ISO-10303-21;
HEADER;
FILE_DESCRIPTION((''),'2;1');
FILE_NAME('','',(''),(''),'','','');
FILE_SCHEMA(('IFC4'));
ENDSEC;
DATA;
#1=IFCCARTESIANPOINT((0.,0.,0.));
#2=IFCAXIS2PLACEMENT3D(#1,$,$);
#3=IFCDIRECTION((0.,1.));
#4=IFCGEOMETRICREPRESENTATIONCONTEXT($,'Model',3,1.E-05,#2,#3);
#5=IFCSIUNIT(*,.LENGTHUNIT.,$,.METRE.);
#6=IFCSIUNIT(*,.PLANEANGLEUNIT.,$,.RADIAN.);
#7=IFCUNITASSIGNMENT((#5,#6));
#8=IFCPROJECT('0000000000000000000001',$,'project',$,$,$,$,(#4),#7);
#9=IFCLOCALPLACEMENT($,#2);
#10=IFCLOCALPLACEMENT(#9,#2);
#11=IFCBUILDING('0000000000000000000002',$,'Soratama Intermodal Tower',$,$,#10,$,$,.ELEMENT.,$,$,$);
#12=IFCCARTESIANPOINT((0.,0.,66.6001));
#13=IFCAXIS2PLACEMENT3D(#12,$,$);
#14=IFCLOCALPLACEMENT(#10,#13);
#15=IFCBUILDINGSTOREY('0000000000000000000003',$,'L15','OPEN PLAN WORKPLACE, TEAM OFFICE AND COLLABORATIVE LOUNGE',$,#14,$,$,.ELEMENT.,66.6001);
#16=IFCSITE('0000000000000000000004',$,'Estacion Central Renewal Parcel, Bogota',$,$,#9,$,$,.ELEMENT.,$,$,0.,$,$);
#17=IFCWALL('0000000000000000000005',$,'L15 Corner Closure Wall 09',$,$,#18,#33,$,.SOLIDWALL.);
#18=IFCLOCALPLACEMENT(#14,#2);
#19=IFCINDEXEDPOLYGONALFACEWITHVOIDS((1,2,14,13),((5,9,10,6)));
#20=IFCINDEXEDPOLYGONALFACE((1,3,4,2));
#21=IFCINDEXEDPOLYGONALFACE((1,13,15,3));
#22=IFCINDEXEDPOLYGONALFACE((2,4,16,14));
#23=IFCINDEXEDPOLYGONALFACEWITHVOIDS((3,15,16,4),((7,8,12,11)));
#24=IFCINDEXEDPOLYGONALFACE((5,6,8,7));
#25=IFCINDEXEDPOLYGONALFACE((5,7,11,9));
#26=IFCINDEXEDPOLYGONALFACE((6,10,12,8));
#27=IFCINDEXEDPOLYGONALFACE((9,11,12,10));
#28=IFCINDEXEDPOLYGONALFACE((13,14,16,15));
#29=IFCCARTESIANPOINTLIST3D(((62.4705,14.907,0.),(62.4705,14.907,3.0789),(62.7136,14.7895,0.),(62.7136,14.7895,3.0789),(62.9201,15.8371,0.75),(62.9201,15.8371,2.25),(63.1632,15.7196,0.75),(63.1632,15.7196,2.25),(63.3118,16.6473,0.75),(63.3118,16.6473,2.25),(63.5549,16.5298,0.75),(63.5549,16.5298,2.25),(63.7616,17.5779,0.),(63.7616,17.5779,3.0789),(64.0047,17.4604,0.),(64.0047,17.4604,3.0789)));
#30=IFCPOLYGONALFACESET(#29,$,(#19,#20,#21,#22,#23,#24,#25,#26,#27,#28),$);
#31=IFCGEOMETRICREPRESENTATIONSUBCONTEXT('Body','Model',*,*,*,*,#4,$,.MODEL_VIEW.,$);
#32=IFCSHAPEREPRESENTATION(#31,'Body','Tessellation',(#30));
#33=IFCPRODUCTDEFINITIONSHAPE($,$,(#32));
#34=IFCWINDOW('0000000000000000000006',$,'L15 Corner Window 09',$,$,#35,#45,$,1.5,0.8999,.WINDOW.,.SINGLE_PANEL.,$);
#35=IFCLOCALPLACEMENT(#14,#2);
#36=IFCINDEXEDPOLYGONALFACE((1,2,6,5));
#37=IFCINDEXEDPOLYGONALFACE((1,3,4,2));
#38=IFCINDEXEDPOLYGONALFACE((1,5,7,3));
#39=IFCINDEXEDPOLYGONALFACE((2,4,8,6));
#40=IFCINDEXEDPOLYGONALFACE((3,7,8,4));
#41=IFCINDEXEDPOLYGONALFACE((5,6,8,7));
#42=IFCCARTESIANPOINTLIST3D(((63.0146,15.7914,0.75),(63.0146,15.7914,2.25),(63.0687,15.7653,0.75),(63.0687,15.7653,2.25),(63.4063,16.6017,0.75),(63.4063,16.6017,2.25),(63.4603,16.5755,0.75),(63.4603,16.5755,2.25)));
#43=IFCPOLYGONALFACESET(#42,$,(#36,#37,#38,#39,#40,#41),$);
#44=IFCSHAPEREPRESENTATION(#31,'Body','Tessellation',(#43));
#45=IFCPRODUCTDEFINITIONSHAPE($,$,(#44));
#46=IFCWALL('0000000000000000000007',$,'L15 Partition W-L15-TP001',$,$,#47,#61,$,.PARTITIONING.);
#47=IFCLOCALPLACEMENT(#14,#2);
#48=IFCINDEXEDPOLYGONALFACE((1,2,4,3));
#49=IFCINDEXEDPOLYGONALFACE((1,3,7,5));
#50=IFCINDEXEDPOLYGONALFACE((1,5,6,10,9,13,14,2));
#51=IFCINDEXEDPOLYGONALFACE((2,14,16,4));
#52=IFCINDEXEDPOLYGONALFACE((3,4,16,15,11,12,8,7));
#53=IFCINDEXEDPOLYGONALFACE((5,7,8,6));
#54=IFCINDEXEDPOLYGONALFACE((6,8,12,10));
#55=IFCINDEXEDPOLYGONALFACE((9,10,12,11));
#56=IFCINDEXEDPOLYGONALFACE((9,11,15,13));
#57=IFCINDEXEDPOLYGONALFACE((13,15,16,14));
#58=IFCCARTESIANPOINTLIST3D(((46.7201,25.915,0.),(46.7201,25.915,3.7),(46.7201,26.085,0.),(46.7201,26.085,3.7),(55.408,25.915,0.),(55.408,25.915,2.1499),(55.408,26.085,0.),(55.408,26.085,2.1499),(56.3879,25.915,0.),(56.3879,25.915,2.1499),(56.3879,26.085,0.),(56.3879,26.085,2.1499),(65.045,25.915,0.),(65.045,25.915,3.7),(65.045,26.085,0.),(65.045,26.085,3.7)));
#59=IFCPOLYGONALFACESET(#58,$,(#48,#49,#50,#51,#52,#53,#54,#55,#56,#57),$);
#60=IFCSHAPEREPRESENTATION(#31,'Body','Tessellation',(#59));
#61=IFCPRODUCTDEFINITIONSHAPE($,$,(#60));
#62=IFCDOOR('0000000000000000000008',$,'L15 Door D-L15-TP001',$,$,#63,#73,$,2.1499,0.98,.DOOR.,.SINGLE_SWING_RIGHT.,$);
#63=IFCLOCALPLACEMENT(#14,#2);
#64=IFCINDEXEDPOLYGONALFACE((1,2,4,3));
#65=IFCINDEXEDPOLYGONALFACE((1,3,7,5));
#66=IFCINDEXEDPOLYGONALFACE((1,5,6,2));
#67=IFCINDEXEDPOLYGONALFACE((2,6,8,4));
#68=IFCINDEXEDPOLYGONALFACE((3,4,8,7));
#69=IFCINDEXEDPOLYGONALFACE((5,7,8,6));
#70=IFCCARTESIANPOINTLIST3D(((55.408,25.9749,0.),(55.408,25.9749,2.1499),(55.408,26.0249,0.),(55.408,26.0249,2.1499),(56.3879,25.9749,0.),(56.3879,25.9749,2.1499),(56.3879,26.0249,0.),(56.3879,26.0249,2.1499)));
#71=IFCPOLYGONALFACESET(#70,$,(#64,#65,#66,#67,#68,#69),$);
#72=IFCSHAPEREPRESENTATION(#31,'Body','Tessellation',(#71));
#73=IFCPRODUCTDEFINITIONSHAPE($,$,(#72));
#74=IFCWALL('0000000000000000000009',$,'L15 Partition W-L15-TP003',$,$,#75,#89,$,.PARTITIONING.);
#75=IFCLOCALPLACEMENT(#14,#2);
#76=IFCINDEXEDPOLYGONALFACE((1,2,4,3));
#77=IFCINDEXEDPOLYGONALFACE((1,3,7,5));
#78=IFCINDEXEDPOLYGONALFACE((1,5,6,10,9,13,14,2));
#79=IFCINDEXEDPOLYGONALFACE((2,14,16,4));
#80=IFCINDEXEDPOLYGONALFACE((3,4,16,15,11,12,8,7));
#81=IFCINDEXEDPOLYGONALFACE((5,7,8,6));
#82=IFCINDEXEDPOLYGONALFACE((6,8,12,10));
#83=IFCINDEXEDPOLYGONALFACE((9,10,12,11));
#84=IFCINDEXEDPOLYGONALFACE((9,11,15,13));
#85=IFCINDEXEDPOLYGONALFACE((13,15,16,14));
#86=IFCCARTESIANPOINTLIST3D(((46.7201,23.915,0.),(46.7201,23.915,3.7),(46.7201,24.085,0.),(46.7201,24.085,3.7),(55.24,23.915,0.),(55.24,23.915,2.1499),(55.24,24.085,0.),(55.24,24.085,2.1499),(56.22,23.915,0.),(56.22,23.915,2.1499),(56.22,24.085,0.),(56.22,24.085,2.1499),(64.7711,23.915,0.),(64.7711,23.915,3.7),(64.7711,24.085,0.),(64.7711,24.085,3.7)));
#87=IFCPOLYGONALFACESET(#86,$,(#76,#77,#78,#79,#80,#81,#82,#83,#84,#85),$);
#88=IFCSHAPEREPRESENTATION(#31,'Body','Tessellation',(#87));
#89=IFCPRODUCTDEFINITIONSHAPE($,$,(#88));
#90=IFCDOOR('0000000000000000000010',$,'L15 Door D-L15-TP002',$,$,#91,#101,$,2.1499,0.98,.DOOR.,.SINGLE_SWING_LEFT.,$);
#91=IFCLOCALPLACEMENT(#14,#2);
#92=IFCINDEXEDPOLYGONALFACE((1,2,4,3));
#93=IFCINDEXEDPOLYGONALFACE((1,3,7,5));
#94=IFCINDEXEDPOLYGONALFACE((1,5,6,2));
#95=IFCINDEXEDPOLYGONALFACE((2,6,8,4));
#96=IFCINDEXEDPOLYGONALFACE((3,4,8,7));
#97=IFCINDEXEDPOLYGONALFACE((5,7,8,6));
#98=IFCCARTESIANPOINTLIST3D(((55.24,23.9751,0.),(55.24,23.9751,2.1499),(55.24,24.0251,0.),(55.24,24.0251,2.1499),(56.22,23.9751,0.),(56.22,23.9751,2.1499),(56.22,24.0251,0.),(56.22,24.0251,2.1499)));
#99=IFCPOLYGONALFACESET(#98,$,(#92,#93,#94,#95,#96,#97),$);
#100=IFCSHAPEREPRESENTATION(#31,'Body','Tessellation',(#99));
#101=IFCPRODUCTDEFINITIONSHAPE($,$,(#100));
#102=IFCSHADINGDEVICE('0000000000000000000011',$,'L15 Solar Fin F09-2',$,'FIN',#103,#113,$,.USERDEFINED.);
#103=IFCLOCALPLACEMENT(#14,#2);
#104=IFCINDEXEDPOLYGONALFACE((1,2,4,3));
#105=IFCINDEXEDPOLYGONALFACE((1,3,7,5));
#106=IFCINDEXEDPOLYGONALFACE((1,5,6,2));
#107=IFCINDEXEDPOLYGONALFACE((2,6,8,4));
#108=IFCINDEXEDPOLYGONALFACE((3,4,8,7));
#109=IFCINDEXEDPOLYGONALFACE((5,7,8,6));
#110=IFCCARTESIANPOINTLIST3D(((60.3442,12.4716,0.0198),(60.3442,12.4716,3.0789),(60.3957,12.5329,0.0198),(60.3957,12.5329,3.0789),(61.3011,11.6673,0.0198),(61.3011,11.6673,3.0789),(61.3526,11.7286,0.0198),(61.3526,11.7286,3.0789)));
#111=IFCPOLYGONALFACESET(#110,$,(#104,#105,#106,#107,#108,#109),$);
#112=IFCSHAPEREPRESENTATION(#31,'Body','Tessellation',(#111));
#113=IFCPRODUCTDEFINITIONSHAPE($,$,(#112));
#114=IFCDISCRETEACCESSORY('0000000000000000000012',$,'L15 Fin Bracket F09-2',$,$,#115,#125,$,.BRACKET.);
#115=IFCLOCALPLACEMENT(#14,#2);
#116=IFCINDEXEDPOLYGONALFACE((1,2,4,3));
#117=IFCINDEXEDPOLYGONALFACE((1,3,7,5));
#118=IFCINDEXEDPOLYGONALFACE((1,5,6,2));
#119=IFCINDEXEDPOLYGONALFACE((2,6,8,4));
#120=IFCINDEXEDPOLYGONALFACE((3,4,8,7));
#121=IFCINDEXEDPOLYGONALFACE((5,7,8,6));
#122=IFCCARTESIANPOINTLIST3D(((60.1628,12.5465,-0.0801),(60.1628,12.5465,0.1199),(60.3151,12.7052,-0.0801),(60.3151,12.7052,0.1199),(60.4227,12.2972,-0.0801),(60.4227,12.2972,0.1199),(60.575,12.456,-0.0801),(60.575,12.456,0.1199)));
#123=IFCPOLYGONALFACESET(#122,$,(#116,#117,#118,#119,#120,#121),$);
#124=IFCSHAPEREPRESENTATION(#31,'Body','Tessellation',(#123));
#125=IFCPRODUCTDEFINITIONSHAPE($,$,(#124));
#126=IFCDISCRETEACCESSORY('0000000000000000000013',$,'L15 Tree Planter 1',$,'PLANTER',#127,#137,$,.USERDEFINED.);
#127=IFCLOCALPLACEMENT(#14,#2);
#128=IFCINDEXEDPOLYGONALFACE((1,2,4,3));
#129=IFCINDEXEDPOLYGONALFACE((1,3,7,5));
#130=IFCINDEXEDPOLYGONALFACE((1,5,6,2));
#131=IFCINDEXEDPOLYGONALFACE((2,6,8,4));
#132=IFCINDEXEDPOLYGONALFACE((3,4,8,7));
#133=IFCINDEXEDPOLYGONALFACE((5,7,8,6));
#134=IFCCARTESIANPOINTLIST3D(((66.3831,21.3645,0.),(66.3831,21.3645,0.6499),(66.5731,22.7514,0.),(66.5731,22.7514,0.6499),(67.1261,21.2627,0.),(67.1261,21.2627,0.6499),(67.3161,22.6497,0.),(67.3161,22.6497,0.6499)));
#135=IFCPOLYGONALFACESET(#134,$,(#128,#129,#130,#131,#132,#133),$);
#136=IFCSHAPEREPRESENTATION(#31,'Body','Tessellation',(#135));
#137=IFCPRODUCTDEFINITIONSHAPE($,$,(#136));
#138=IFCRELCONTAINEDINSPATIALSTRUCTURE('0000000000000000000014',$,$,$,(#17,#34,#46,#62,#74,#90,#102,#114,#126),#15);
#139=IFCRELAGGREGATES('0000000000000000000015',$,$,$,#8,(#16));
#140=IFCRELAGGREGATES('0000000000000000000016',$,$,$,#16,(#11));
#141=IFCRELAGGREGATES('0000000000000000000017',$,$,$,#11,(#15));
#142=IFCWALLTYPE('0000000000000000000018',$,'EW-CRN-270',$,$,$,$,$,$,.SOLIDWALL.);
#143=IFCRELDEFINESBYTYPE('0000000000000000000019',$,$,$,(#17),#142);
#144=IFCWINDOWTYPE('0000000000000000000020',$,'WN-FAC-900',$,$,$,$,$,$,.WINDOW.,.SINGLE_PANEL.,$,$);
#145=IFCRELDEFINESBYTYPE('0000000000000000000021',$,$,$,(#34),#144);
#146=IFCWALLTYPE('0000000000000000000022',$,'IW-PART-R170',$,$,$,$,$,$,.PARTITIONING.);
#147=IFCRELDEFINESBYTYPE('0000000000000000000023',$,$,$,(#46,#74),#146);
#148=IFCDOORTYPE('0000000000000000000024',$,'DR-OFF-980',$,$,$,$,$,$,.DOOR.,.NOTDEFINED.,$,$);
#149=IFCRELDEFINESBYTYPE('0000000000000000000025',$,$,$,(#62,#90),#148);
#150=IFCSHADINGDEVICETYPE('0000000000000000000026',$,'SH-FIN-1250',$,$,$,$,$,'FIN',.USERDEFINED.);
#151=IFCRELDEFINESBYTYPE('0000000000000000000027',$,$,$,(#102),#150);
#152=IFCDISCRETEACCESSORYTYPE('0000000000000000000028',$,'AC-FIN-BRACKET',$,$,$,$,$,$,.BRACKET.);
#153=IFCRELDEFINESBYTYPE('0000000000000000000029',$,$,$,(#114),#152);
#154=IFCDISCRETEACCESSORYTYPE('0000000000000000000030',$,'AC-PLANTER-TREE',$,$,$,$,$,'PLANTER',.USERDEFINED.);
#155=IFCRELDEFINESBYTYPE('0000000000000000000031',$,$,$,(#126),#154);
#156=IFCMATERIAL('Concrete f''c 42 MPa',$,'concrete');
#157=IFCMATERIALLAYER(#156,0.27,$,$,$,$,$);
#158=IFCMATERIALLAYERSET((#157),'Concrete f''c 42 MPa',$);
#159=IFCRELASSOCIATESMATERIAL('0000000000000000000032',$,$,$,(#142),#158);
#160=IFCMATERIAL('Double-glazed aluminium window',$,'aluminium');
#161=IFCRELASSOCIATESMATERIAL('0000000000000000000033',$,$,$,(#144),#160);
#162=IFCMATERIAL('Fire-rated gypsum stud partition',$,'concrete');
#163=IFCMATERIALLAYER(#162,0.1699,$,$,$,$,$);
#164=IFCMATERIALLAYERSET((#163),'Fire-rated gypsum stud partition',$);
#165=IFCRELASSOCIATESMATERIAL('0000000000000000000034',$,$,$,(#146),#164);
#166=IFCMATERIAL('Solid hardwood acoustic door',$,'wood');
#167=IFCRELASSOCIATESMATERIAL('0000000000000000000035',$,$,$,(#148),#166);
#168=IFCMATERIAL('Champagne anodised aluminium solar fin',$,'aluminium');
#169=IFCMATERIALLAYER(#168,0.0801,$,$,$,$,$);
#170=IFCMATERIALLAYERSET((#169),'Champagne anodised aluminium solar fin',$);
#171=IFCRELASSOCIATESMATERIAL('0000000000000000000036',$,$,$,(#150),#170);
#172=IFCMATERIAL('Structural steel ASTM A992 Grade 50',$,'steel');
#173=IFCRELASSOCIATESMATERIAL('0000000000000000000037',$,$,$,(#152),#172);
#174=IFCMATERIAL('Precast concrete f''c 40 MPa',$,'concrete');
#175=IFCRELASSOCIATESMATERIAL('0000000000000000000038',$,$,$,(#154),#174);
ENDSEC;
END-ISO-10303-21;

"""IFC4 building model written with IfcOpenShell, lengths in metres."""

from ifc_helpers import new_model, si_unit, direction, frame, frame_2d, origin, origin_2d, place, context, subcontext, project, spatial, rectangle, extrude, material, layer, layer_set, type_object, element, fill, save


model = new_model("IFC4")

# Units and contexts
model_context = context("Model", 3, precision=1e-05, world=origin(), true_north=direction((0.0, 1.0)))
body_context = subcontext(model_context, "Body", "Model", "MODEL_VIEW")
ifc_project = project(units=[si_unit("LENGTHUNIT", "METRE"), si_unit("PLANEANGLEUNIT", "RADIAN")], contexts=[model_context])

# Site, building, storey
site_placement = place(None, origin())
site = spatial("IfcSite", under=ifc_project, at=site_placement, Name="Estacion Central Renewal Parcel, Bogota", CompositionType="ELEMENT", RefElevation=0.0)
building_placement = place(site_placement, origin())
building = spatial("IfcBuilding", under=site, at=building_placement, Name="Soratama Intermodal Tower", CompositionType="ELEMENT")
storey_placement = place(building_placement, frame((0.0, 0.0, 66.6001)))
storey = spatial("IfcBuildingStorey", under=building, at=storey_placement, Name="L15", Description="OPEN PLAN WORKPLACE, TEAM OFFICE AND COLLABORATIVE LOUNGE", CompositionType="ELEMENT", Elevation=66.6001)

# Wall, opening, window
ifc_material_1 = material(Name="Concrete f'c 42 MPa", Category="concrete")
ifc_layer_1 = layer(ifc_material_1, 0.27)
ifc_layer_set_1 = layer_set([ifc_layer_1], Name="Concrete f'c 42 MPa")
wall_type_1 = type_object("IfcWallType", Name="EW-CRN-270", PredefinedType="SOLIDWALL", material=ifc_layer_set_1)
wall_1_placement = place(storey_placement, frame((62.592, 14.8481, 0.0), z_axis=(0.0, 0.0, 1.0), x_axis=(0.435191, 0.900338, 0.0)))
wall_1 = element("IfcWall", 1, at=wall_1_placement, inside=storey, type_object=wall_type_1, Name="L15 Corner Closure Wall 09", PredefinedType="SOLIDWALL", context=body_context, shape_type="SweptSolid", body=[
    extrude(rectangle(XDim=2.9666, YDim=0.27, at=frame_2d((1.4834, 0.0))), origin(), (0.0, 0.0, 1.0), 3.0789),
])
opening_1_placement = place(wall_1_placement, frame((1.0332, 0.0, 0.75)))
opening_1 = element("IfcOpeningElement", 2, at=opening_1_placement, cuts=wall_1, PredefinedType="OPENING", context=body_context, shape_type="SweptSolid", body=[
    extrude(rectangle(XDim=0.8999, YDim=1.5, at=frame_2d((0.45, 0.75))), frame((0.0, 0.145, 0.0), z_axis=(0.0, -1.0, 0.0), x_axis=(1.0, 0.0, 0.0)), (0.0, 0.0, 1.0), 0.29),
])
ifc_material_2 = material(Name="Double-glazed aluminium window", Category="aluminium")
window_type_1 = type_object("IfcWindowType", Name="WN-FAC-900", PartitioningType="SINGLE_PANEL", PredefinedType="WINDOW", material=ifc_material_2)
window_1_placement = place(opening_1_placement, origin())
window_1 = element("IfcWindow", 3, at=window_1_placement, inside=storey, type_object=window_type_1, Name="L15 Corner Window 09", OverallHeight=1.5, OverallWidth=0.8999, PartitioningType="SINGLE_PANEL", PredefinedType="WINDOW", context=body_context, shape_type="SweptSolid", body=[
    extrude(rectangle(XDim=0.8999, YDim=1.5, at=frame_2d((0.45, 0.75))), frame((0.0, 0.03, 0.0), z_axis=(0.0, -1.0, 0.0), x_axis=(1.0, 0.0, 0.0)), (0.0, 0.0, 1.0), 0.0601),
])
fill(opening_1, window_1)

# Walls, openings, doors
ifc_material_3 = material(Name="Fire-rated gypsum stud partition", Category="concrete")
ifc_layer_2 = layer(ifc_material_3, 0.1699)
ifc_layer_set_2 = layer_set([ifc_layer_2], Name="Fire-rated gypsum stud partition")
wall_type_2 = type_object("IfcWallType", Name="IW-PART-R170", PredefinedType="PARTITIONING", material=ifc_layer_set_2)
wall_2_placement = place(storey_placement, frame((46.72, 26.0, 0.0), z_axis=(0.0, 0.0, 1.0), x_axis=(1.0, 0.0, 0.0)))
wall_2 = element("IfcWall", 4, at=wall_2_placement, inside=storey, type_object=wall_type_2, Name="L15 Partition W-L15-TP001", PredefinedType="PARTITIONING", context=body_context, shape_type="SweptSolid", body=[
    extrude(rectangle(XDim=18.325, YDim=0.1699, at=frame_2d((9.1626, 0.0))), origin(), (0.0, 0.0, 1.0), 3.7),
])
opening_2_placement = place(wall_2_placement, frame((8.688, 0.0, 0.0)))
opening_2 = element("IfcOpeningElement", 5, at=opening_2_placement, cuts=wall_2, PredefinedType="OPENING", context=body_context, shape_type="SweptSolid", body=[
    extrude(rectangle(XDim=0.98, YDim=2.1499, at=frame_2d((0.49, 1.075))), frame((0.0, 0.095, 0.0), z_axis=(0.0, -1.0, 0.0), x_axis=(1.0, 0.0, 0.0)), (0.0, 0.0, 1.0), 0.1899),
])
ifc_material_4 = material(Name="Solid hardwood acoustic door", Category="wood")
door_type_1 = type_object("IfcDoorType", Name="DR-OFF-980", OperationType="NOTDEFINED", PredefinedType="DOOR", material=ifc_material_4)
door_1_placement = place(opening_2_placement, origin())
door_1 = element("IfcDoor", 6, at=door_1_placement, inside=storey, type_object=door_type_1, Name="L15 Door D-L15-TP001", OperationType="SINGLE_SWING_RIGHT", OverallHeight=2.1499, OverallWidth=0.98, PredefinedType="DOOR", context=body_context, shape_type="SweptSolid", body=[
    extrude(rectangle(XDim=0.98, YDim=2.1499, at=frame_2d((0.49, 1.075))), frame((0.0, 0.0249, 0.0), z_axis=(0.0, -1.0, 0.0), x_axis=(1.0, 0.0, 0.0)), (0.0, 0.0, 1.0), 0.05),
])
fill(opening_2, door_1)
wall_3_placement = place(storey_placement, frame((64.771, 24.0, 0.0), z_axis=(0.0, 0.0, 1.0), x_axis=(-1.0, 0.0, 0.0)))
wall_3 = element("IfcWall", 7, at=wall_3_placement, inside=storey, type_object=wall_type_2, Name="L15 Partition W-L15-TP003", PredefinedType="PARTITIONING", context=body_context, shape_type="SweptSolid", body=[
    extrude(rectangle(XDim=18.051, YDim=0.1699, at=frame_2d((9.0254, 0.0))), origin(), (0.0, 0.0, 1.0), 3.7),
])
opening_3_placement = place(wall_3_placement, frame((8.551, 0.0, 0.0)))
opening_3 = element("IfcOpeningElement", 8, at=opening_3_placement, cuts=wall_3, PredefinedType="OPENING", context=body_context, shape_type="SweptSolid", body=[
    extrude(rectangle(XDim=0.98, YDim=2.1499, at=frame_2d((0.49, 1.075))), frame((0.0, 0.095, 0.0), z_axis=(0.0, -1.0, 0.0), x_axis=(1.0, 0.0, 0.0)), (0.0, 0.0, 1.0), 0.1899),
])
door_2_placement = place(opening_3_placement, origin())
door_2 = element("IfcDoor", 9, at=door_2_placement, inside=storey, type_object=door_type_1, Name="L15 Door D-L15-TP002", OperationType="SINGLE_SWING_LEFT", OverallHeight=2.1499, OverallWidth=0.98, PredefinedType="DOOR", context=body_context, shape_type="SweptSolid", body=[
    extrude(rectangle(XDim=0.98, YDim=2.1499, at=frame_2d((0.49, 1.075))), frame((0.0, 0.0249, 0.0), z_axis=(0.0, -1.0, 0.0), x_axis=(1.0, 0.0, 0.0)), (0.0, 0.0, 1.0), 0.05),
])
fill(opening_3, door_2)

# Shading device
ifc_material_5 = material(Name="Champagne anodised aluminium solar fin", Category="aluminium")
ifc_layer_3 = layer(ifc_material_5, 0.0801)
ifc_layer_set_3 = layer_set([ifc_layer_3], Name="Champagne anodised aluminium solar fin")
shading_device_type = type_object("IfcShadingDeviceType", Name="SH-FIN-1250", ElementType="FIN", PredefinedType="USERDEFINED", material=ifc_layer_set_3)
shading_device_placement = place(storey_placement, frame((60.8484, 12.1001, 0.0198), z_axis=(0.0, 0.0, 1.0), x_axis=(0.765483, -0.643456, 0.0)))
element("IfcShadingDevice", 10, at=shading_device_placement, inside=storey, type_object=shading_device_type, Name="L15 Solar Fin F09-2", ObjectType="FIN", PredefinedType="USERDEFINED", context=body_context, shape_type="SweptSolid", body=[
    extrude(rectangle(XDim=1.25, YDim=0.0801, at=origin_2d()), origin(), (0.0, 0.0, 1.0), 3.0591),
])

# Discrete accessories
ifc_material_6 = material(Name="Structural steel ASTM A992 Grade 50", Category="steel")
discrete_accessory_type_1 = type_object("IfcDiscreteAccessoryType", Name="AC-FIN-BRACKET", PredefinedType="BRACKET", material=ifc_material_6)
discrete_accessory_1_placement = place(storey_placement, frame((60.3689, 12.5012, -0.0801), z_axis=(0.0, 0.0, 1.0), x_axis=(0.72176, -0.692143, 0.0)))
element("IfcDiscreteAccessory", 11, at=discrete_accessory_1_placement, inside=storey, type_object=discrete_accessory_type_1, Name="L15 Fin Bracket F09-2", PredefinedType="BRACKET", context=body_context, shape_type="SweptSolid", body=[
    extrude(rectangle(XDim=0.3601, YDim=0.22, at=origin_2d()), origin(), (0.0, 0.0, 1.0), 0.2),
])
ifc_material_7 = material(Name="Precast concrete f'c 40 MPa", Category="concrete")
discrete_accessory_type_2 = type_object("IfcDiscreteAccessoryType", Name="AC-PLANTER-TREE", ElementType="PLANTER", PredefinedType="USERDEFINED", material=ifc_material_7)
discrete_accessory_2_placement = place(storey_placement, frame((66.8496, 22.0071, 0.0), z_axis=(0.0, 0.0, 1.0), x_axis=(0.990748, -0.135716, 0.0)))
element("IfcDiscreteAccessory", 12, at=discrete_accessory_2_placement, inside=storey, type_object=discrete_accessory_type_2, Name="L15 Tree Planter 1", ObjectType="PLANTER", PredefinedType="USERDEFINED", context=body_context, shape_type="SweptSolid", body=[
    extrude(rectangle(XDim=0.75, YDim=1.3999, at=origin_2d()), origin(), (0.0, 0.0, 1.0), 0.6499),
])

save(model, "model.ifc")
